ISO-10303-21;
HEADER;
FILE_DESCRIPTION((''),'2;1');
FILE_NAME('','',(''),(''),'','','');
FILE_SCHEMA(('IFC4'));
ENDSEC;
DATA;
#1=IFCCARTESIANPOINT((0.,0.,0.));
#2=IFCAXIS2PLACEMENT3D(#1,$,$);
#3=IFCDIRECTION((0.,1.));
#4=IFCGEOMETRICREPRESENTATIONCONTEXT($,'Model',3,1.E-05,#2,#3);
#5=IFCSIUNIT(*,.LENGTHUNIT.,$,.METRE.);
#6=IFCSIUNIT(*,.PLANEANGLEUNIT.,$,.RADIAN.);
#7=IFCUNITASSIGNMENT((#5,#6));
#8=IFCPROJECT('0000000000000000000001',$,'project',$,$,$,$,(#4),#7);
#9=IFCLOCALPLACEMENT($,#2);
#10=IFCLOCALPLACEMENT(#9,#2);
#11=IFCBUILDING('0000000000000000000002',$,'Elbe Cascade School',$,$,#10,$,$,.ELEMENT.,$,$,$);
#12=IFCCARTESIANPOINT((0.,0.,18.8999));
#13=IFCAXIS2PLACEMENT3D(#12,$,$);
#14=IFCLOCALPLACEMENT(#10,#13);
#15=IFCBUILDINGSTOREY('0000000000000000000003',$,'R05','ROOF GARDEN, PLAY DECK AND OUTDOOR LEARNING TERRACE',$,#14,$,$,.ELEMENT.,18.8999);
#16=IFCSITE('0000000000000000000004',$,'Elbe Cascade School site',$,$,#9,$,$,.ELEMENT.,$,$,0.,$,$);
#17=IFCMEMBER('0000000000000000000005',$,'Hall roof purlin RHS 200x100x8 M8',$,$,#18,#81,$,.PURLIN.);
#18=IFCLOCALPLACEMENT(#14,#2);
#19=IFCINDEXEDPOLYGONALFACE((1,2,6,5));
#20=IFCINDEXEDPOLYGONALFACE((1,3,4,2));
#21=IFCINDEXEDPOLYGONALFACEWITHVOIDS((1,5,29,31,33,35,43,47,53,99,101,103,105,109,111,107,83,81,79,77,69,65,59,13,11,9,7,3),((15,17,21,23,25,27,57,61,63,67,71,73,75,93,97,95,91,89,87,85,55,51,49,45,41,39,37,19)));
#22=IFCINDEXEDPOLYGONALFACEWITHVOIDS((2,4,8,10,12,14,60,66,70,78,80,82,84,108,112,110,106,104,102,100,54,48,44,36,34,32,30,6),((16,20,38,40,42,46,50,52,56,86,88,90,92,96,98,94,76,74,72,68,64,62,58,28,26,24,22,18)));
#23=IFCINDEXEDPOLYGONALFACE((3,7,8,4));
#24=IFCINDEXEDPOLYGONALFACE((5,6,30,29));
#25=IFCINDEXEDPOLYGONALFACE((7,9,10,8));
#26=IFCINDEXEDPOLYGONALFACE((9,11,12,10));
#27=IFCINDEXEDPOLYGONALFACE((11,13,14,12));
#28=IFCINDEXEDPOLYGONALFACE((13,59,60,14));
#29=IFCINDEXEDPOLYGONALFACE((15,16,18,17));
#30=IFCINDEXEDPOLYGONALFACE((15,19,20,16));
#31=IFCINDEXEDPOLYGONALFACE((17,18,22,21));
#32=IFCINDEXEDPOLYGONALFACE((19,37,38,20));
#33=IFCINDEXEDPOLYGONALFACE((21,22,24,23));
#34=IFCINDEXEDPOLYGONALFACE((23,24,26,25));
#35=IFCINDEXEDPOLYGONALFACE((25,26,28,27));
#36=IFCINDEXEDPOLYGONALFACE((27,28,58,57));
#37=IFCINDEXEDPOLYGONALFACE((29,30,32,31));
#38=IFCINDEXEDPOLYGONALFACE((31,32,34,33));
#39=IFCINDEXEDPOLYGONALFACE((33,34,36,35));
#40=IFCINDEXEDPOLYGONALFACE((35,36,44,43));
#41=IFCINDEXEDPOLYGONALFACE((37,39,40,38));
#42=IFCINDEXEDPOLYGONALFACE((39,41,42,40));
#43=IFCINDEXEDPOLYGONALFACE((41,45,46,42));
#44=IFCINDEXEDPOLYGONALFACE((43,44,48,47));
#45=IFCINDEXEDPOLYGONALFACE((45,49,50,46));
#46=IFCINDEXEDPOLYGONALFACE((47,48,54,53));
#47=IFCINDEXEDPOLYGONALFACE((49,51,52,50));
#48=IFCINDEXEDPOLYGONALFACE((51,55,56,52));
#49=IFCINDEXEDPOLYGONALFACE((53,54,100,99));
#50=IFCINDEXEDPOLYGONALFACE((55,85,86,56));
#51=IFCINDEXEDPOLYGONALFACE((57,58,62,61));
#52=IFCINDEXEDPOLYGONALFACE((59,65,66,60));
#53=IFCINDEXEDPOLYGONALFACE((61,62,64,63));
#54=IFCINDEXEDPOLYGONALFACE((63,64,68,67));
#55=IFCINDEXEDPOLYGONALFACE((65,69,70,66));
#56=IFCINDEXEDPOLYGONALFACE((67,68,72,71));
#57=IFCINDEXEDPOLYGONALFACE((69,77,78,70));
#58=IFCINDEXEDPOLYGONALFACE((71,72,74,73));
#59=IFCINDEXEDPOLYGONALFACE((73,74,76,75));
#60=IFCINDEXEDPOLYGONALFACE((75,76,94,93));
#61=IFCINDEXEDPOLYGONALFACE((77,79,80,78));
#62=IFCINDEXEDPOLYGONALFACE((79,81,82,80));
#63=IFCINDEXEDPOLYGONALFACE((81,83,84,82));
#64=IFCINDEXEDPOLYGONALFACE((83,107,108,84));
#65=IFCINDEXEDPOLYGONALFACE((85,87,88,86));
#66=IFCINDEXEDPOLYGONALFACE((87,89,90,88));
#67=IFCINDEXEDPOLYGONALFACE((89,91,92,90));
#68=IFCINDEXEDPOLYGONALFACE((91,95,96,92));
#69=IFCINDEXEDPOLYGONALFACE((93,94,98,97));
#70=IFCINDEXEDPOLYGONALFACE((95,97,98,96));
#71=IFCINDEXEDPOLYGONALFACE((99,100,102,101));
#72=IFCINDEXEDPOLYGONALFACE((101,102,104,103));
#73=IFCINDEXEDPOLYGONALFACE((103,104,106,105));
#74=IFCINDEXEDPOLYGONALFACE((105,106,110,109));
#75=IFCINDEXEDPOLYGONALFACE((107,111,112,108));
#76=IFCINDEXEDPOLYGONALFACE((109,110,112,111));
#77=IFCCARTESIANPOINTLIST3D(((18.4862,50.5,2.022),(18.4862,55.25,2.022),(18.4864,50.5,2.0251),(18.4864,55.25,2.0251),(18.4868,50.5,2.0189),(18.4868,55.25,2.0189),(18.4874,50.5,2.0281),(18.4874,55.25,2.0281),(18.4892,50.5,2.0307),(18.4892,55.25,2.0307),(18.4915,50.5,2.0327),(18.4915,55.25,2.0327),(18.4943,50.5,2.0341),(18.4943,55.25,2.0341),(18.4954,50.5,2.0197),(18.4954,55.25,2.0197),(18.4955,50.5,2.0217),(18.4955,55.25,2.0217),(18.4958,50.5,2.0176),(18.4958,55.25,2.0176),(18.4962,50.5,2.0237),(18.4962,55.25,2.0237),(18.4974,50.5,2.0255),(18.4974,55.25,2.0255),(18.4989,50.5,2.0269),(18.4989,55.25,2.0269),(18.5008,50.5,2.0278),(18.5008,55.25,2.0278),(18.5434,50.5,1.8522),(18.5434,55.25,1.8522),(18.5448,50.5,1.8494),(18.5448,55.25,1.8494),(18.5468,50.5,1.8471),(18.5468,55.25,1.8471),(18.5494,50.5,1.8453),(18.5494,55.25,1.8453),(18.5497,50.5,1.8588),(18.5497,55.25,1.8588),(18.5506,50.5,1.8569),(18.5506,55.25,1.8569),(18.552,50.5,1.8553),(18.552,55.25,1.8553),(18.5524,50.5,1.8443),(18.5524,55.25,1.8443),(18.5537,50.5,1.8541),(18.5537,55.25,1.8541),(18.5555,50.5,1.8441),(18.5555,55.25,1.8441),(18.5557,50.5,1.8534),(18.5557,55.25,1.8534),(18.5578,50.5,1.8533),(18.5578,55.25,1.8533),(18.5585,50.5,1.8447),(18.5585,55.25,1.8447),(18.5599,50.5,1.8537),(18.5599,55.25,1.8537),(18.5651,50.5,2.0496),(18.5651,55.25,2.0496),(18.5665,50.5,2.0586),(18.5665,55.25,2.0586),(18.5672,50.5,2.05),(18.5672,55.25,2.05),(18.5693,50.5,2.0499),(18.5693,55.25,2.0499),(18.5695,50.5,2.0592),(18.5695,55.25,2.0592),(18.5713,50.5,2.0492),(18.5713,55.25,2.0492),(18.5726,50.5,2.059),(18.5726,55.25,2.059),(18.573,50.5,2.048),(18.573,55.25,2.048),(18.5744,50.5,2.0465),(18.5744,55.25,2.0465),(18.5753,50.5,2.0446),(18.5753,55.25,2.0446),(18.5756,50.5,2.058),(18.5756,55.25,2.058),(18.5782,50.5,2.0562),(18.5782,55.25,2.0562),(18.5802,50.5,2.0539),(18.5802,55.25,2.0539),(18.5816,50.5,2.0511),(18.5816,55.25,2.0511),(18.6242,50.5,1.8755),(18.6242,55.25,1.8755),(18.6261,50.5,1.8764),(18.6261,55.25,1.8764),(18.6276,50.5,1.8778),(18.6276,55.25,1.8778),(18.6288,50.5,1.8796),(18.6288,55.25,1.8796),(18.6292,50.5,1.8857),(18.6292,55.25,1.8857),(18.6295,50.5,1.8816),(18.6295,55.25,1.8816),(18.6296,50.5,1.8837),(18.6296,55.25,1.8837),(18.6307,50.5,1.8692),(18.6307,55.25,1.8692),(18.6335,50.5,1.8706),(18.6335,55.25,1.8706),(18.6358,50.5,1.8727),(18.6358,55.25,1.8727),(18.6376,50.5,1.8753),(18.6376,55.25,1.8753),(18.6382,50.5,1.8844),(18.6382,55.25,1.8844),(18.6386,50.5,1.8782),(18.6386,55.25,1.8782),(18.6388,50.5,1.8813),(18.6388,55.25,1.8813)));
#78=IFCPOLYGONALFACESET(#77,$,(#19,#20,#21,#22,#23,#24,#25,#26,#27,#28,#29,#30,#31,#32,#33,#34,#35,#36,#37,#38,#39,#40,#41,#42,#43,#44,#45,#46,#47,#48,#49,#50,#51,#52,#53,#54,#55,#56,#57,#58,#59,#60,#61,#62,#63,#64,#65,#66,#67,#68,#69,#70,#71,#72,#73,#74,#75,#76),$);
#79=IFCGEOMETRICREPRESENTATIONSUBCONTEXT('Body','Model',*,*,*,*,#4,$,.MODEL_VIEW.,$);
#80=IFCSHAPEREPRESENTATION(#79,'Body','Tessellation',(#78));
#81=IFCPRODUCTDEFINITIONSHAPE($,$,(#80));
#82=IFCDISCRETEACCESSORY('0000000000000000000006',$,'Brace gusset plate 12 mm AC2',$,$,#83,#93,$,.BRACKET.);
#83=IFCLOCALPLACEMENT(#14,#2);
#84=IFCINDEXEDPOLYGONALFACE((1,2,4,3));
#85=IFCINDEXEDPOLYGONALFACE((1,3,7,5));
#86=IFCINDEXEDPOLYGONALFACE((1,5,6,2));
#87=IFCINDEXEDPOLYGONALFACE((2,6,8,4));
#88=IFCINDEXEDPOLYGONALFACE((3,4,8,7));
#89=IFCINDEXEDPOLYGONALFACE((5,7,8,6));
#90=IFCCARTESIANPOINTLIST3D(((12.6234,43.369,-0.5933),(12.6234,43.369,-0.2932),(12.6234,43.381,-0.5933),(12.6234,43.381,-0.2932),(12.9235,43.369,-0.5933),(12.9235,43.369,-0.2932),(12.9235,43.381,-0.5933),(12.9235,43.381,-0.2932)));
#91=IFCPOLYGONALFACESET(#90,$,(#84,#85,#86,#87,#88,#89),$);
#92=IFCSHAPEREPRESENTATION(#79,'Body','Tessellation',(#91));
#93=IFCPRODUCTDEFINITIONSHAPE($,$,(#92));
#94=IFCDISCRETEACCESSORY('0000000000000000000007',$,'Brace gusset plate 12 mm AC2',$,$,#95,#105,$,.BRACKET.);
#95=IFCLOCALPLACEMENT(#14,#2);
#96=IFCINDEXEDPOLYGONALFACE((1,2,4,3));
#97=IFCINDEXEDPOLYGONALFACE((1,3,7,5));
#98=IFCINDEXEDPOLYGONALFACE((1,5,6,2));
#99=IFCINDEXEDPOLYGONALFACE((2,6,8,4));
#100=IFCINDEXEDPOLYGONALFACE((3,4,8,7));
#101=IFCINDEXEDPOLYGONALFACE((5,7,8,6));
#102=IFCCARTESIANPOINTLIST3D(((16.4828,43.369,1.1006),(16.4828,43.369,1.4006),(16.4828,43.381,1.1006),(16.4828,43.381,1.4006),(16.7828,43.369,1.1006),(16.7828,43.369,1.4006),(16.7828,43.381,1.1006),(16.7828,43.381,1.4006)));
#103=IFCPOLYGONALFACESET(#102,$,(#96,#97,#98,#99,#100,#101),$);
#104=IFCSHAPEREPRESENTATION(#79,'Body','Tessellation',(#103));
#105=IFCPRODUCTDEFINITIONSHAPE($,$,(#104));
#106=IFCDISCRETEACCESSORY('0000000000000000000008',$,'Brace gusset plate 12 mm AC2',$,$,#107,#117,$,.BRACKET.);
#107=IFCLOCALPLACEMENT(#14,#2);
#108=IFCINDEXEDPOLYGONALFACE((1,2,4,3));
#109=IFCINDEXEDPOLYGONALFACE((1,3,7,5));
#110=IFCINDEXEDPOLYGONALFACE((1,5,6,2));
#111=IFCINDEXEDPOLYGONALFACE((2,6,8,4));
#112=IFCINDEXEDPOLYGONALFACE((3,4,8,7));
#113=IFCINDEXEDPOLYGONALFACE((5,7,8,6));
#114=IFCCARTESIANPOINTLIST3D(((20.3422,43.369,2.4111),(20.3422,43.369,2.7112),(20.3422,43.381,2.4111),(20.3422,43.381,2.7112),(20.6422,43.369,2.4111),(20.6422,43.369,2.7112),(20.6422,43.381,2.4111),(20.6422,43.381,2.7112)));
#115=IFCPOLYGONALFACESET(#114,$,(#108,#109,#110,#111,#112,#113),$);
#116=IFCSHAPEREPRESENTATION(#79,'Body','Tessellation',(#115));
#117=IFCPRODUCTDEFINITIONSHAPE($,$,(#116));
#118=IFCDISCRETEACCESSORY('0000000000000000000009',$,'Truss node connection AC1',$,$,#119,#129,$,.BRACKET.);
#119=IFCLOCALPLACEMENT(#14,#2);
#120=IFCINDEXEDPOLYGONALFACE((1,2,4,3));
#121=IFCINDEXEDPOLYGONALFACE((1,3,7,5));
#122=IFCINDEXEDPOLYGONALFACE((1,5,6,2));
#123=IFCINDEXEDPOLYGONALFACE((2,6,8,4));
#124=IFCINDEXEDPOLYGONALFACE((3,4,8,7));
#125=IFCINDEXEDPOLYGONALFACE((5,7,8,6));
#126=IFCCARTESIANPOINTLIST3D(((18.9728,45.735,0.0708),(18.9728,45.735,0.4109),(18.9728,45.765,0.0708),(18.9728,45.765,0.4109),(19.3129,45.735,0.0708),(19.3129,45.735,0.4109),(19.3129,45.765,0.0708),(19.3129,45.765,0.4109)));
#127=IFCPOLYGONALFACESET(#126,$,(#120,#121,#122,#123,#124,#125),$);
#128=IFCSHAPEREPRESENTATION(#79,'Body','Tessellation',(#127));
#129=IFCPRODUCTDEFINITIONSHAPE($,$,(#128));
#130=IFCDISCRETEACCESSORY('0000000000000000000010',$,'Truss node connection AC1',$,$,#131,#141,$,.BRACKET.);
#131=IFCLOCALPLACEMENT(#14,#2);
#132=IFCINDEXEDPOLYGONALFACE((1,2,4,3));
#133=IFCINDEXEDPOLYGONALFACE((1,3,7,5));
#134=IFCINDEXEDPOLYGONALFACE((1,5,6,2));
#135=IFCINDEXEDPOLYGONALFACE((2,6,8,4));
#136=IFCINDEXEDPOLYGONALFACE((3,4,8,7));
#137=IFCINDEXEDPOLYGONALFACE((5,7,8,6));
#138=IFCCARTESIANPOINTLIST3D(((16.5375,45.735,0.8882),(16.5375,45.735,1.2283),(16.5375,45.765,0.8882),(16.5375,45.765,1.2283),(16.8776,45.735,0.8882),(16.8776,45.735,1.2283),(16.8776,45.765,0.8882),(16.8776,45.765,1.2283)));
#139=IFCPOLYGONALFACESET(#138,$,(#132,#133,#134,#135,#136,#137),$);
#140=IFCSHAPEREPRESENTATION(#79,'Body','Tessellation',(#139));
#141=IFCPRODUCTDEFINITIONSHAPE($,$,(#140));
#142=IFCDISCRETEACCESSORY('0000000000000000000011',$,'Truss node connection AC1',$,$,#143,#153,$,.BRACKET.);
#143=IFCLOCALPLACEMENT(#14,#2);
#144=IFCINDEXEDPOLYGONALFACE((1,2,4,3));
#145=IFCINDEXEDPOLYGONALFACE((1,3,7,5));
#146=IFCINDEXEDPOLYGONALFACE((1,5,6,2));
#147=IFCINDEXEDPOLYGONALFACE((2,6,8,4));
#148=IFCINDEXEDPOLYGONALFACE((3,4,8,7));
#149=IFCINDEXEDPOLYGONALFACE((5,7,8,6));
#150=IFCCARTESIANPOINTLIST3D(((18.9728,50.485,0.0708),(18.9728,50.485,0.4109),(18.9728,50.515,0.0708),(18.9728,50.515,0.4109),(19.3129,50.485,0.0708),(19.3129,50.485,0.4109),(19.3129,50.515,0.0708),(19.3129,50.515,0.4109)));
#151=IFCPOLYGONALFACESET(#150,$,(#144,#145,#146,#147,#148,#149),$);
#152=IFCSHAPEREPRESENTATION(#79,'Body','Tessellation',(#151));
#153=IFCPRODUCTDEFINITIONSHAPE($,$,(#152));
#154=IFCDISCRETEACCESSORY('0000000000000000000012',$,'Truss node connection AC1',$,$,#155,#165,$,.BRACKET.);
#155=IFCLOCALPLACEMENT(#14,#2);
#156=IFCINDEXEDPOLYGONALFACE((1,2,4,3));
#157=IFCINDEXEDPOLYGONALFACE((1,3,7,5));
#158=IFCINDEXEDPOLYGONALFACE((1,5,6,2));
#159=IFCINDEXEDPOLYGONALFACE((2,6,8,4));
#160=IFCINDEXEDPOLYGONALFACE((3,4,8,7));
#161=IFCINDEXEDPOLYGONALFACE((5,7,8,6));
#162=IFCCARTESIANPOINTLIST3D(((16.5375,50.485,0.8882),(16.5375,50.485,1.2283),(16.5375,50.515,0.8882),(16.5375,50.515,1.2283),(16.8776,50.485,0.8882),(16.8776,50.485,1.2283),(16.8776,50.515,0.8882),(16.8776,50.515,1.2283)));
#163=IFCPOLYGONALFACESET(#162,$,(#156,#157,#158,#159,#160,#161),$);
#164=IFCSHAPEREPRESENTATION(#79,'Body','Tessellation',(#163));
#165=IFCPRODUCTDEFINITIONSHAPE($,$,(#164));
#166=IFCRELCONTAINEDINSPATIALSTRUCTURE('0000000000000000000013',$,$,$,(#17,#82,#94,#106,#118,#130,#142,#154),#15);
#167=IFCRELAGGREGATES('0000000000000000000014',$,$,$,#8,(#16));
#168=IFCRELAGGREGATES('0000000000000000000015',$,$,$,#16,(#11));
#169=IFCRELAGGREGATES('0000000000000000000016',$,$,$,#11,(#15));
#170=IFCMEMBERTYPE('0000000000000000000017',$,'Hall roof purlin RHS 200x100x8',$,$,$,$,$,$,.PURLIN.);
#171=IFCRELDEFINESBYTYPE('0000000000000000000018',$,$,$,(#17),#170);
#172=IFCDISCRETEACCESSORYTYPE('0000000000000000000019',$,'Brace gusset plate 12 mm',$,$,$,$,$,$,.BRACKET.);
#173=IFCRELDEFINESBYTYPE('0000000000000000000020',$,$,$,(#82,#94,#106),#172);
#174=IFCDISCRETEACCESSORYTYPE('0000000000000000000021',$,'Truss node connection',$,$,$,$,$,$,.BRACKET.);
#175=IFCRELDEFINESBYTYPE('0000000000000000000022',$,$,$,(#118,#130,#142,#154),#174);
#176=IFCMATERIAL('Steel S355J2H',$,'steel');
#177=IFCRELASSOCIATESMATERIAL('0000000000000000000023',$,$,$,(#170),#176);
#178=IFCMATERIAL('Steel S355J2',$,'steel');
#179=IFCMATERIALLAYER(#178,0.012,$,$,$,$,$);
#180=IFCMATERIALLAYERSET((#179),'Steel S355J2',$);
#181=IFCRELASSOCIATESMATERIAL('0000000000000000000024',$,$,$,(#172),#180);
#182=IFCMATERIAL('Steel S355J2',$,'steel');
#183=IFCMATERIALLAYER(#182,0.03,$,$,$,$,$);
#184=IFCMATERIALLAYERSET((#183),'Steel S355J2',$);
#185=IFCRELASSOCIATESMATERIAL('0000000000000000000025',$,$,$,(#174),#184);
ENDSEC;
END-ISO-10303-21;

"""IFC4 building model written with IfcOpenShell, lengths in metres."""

from ifc_helpers import new_model, si_unit, direction, frame, origin, origin_2d, place, context, subcontext, project, spatial, rectangle, hollow_rectangle, extrude, material, layer, layer_set, material_profile, profile_set, type_object, element, save


model = new_model("IFC4")

# Units and contexts
model_context = context("Model", 3, precision=1e-05, world=origin(), true_north=direction((0.0, 1.0)))
body_context = subcontext(model_context, "Body", "Model", "MODEL_VIEW")
ifc_project = project(units=[si_unit("LENGTHUNIT", "METRE"), si_unit("PLANEANGLEUNIT", "RADIAN")], contexts=[model_context])

# Site, building, storey
site_placement = place(None, origin())
site = spatial("IfcSite", under=ifc_project, at=site_placement, Name="Elbe Cascade School site", CompositionType="ELEMENT", RefElevation=0.0)
building_placement = place(site_placement, origin())
building = spatial("IfcBuilding", under=site, at=building_placement, Name="Elbe Cascade School", CompositionType="ELEMENT")
storey_placement = place(building_placement, frame((0.0, 0.0, 18.8999)))
storey = spatial("IfcBuildingStorey", under=building, at=storey_placement, Name="R05", Description="ROOF GARDEN, PLAY DECK AND OUTDOOR LEARNING TERRACE", CompositionType="ELEMENT", Elevation=18.8999)

# Member
ifc_material_1 = material(Name="Steel S355J2H", Category="steel")
ifc_material_profile_1 = material_profile(ifc_material_1, hollow_rectangle(XDim=0.1001, YDim=0.2, WallThickness=0.0081, InnerFilletRadius=0.0081, OuterFilletRadius=0.012, at=origin_2d()), Name="RHS 200x100x8")
ifc_profile_set_1 = profile_set([ifc_material_profile_1], Name="Steel S355J2H")
member_type_1 = type_object("IfcMemberType", Name="Hall roof purlin RHS 200x100x8", PredefinedType="PURLIN", material=ifc_profile_set_1)
for number, where, z_axis, x_axis, name in (
    (1, (18.5625, 50.5, 1.9517), (0.0, 1.0, 0.0), (-0.946999, 0.0, -0.321236), "Hall roof purlin RHS 200x100x8 M8"),
):
    element("IfcMember", number, at=place(storey_placement, frame(where, z_axis=z_axis, x_axis=x_axis)), inside=storey, type_object=member_type_1, Name=name, PredefinedType="PURLIN", context=body_context, shape_type="SweptSolid", body=[
        extrude(hollow_rectangle(XDim=0.1001, YDim=0.2, WallThickness=0.0081, InnerFilletRadius=0.0081, OuterFilletRadius=0.012, at=origin_2d()), origin(), (0.0, 0.0, 1.0), 4.75),
    ])

# Discrete accessories
ifc_material_2 = material(Name="Steel S355J2", Category="steel")
ifc_layer_1 = layer(ifc_material_2, 0.012)
ifc_layer_set_1 = layer_set([ifc_layer_1], Name="Steel S355J2")
discrete_accessory_type_1 = type_object("IfcDiscreteAccessoryType", Name="Brace gusset plate 12 mm", PredefinedType="BRACKET", material=ifc_layer_set_1)
for number, where, z_axis, x_axis, name in (
    (2, (12.7734, 43.375, -0.5933), (0.0, 0.0, 1.0), (1.0, 0.0, 0.0), "Brace gusset plate 12 mm AC2"),
    (3, (16.6328, 43.375, 1.1006), (0.0, 0.0, 1.0), (1.0, 0.0, 0.0), "Brace gusset plate 12 mm AC2"),
    (4, (20.4922, 43.375, 2.4111), (0.0, 0.0, 1.0), (1.0, 0.0, 0.0), "Brace gusset plate 12 mm AC2"),
):
    element("IfcDiscreteAccessory", number, at=place(storey_placement, frame(where, z_axis=z_axis, x_axis=x_axis)), inside=storey, type_object=discrete_accessory_type_1, Name=name, PredefinedType="BRACKET", context=body_context, shape_type="SweptSolid", body=[
        extrude(rectangle(XDim=0.3, YDim=0.012, at=origin_2d()), origin(), (0.0, 0.0, 1.0), 0.3),
    ])
ifc_material_3 = material(Name="Steel S355J2", Category="steel")
ifc_layer_2 = layer(ifc_material_3, 0.03)
ifc_layer_set_2 = layer_set([ifc_layer_2], Name="Steel S355J2")
discrete_accessory_type_2 = type_object("IfcDiscreteAccessoryType", Name="Truss node connection", PredefinedType="BRACKET", material=ifc_layer_set_2)
for number, where, z_axis, x_axis, name in (
    (5, (19.1428, 45.75, 0.0708), (0.0, 0.0, 1.0), (1.0, 0.0, 0.0), "Truss node connection AC1"),
    (6, (16.7075, 45.75, 0.8882), (0.0, 0.0, 1.0), (1.0, 0.0, 0.0), "Truss node connection AC1"),
    (7, (19.1428, 50.5, 0.0708), (0.0, 0.0, 1.0), (1.0, 0.0, 0.0), "Truss node connection AC1"),
    (8, (16.7075, 50.5, 0.8882), (0.0, 0.0, 1.0), (1.0, 0.0, 0.0), "Truss node connection AC1"),
):
    element("IfcDiscreteAccessory", number, at=place(storey_placement, frame(where, z_axis=z_axis, x_axis=x_axis)), inside=storey, type_object=discrete_accessory_type_2, Name=name, PredefinedType="BRACKET", context=body_context, shape_type="SweptSolid", body=[
        extrude(rectangle(XDim=0.3401, YDim=0.03, at=origin_2d()), origin(), (0.0, 0.0, 1.0), 0.3401),
    ])

save(model, "model.ifc")
